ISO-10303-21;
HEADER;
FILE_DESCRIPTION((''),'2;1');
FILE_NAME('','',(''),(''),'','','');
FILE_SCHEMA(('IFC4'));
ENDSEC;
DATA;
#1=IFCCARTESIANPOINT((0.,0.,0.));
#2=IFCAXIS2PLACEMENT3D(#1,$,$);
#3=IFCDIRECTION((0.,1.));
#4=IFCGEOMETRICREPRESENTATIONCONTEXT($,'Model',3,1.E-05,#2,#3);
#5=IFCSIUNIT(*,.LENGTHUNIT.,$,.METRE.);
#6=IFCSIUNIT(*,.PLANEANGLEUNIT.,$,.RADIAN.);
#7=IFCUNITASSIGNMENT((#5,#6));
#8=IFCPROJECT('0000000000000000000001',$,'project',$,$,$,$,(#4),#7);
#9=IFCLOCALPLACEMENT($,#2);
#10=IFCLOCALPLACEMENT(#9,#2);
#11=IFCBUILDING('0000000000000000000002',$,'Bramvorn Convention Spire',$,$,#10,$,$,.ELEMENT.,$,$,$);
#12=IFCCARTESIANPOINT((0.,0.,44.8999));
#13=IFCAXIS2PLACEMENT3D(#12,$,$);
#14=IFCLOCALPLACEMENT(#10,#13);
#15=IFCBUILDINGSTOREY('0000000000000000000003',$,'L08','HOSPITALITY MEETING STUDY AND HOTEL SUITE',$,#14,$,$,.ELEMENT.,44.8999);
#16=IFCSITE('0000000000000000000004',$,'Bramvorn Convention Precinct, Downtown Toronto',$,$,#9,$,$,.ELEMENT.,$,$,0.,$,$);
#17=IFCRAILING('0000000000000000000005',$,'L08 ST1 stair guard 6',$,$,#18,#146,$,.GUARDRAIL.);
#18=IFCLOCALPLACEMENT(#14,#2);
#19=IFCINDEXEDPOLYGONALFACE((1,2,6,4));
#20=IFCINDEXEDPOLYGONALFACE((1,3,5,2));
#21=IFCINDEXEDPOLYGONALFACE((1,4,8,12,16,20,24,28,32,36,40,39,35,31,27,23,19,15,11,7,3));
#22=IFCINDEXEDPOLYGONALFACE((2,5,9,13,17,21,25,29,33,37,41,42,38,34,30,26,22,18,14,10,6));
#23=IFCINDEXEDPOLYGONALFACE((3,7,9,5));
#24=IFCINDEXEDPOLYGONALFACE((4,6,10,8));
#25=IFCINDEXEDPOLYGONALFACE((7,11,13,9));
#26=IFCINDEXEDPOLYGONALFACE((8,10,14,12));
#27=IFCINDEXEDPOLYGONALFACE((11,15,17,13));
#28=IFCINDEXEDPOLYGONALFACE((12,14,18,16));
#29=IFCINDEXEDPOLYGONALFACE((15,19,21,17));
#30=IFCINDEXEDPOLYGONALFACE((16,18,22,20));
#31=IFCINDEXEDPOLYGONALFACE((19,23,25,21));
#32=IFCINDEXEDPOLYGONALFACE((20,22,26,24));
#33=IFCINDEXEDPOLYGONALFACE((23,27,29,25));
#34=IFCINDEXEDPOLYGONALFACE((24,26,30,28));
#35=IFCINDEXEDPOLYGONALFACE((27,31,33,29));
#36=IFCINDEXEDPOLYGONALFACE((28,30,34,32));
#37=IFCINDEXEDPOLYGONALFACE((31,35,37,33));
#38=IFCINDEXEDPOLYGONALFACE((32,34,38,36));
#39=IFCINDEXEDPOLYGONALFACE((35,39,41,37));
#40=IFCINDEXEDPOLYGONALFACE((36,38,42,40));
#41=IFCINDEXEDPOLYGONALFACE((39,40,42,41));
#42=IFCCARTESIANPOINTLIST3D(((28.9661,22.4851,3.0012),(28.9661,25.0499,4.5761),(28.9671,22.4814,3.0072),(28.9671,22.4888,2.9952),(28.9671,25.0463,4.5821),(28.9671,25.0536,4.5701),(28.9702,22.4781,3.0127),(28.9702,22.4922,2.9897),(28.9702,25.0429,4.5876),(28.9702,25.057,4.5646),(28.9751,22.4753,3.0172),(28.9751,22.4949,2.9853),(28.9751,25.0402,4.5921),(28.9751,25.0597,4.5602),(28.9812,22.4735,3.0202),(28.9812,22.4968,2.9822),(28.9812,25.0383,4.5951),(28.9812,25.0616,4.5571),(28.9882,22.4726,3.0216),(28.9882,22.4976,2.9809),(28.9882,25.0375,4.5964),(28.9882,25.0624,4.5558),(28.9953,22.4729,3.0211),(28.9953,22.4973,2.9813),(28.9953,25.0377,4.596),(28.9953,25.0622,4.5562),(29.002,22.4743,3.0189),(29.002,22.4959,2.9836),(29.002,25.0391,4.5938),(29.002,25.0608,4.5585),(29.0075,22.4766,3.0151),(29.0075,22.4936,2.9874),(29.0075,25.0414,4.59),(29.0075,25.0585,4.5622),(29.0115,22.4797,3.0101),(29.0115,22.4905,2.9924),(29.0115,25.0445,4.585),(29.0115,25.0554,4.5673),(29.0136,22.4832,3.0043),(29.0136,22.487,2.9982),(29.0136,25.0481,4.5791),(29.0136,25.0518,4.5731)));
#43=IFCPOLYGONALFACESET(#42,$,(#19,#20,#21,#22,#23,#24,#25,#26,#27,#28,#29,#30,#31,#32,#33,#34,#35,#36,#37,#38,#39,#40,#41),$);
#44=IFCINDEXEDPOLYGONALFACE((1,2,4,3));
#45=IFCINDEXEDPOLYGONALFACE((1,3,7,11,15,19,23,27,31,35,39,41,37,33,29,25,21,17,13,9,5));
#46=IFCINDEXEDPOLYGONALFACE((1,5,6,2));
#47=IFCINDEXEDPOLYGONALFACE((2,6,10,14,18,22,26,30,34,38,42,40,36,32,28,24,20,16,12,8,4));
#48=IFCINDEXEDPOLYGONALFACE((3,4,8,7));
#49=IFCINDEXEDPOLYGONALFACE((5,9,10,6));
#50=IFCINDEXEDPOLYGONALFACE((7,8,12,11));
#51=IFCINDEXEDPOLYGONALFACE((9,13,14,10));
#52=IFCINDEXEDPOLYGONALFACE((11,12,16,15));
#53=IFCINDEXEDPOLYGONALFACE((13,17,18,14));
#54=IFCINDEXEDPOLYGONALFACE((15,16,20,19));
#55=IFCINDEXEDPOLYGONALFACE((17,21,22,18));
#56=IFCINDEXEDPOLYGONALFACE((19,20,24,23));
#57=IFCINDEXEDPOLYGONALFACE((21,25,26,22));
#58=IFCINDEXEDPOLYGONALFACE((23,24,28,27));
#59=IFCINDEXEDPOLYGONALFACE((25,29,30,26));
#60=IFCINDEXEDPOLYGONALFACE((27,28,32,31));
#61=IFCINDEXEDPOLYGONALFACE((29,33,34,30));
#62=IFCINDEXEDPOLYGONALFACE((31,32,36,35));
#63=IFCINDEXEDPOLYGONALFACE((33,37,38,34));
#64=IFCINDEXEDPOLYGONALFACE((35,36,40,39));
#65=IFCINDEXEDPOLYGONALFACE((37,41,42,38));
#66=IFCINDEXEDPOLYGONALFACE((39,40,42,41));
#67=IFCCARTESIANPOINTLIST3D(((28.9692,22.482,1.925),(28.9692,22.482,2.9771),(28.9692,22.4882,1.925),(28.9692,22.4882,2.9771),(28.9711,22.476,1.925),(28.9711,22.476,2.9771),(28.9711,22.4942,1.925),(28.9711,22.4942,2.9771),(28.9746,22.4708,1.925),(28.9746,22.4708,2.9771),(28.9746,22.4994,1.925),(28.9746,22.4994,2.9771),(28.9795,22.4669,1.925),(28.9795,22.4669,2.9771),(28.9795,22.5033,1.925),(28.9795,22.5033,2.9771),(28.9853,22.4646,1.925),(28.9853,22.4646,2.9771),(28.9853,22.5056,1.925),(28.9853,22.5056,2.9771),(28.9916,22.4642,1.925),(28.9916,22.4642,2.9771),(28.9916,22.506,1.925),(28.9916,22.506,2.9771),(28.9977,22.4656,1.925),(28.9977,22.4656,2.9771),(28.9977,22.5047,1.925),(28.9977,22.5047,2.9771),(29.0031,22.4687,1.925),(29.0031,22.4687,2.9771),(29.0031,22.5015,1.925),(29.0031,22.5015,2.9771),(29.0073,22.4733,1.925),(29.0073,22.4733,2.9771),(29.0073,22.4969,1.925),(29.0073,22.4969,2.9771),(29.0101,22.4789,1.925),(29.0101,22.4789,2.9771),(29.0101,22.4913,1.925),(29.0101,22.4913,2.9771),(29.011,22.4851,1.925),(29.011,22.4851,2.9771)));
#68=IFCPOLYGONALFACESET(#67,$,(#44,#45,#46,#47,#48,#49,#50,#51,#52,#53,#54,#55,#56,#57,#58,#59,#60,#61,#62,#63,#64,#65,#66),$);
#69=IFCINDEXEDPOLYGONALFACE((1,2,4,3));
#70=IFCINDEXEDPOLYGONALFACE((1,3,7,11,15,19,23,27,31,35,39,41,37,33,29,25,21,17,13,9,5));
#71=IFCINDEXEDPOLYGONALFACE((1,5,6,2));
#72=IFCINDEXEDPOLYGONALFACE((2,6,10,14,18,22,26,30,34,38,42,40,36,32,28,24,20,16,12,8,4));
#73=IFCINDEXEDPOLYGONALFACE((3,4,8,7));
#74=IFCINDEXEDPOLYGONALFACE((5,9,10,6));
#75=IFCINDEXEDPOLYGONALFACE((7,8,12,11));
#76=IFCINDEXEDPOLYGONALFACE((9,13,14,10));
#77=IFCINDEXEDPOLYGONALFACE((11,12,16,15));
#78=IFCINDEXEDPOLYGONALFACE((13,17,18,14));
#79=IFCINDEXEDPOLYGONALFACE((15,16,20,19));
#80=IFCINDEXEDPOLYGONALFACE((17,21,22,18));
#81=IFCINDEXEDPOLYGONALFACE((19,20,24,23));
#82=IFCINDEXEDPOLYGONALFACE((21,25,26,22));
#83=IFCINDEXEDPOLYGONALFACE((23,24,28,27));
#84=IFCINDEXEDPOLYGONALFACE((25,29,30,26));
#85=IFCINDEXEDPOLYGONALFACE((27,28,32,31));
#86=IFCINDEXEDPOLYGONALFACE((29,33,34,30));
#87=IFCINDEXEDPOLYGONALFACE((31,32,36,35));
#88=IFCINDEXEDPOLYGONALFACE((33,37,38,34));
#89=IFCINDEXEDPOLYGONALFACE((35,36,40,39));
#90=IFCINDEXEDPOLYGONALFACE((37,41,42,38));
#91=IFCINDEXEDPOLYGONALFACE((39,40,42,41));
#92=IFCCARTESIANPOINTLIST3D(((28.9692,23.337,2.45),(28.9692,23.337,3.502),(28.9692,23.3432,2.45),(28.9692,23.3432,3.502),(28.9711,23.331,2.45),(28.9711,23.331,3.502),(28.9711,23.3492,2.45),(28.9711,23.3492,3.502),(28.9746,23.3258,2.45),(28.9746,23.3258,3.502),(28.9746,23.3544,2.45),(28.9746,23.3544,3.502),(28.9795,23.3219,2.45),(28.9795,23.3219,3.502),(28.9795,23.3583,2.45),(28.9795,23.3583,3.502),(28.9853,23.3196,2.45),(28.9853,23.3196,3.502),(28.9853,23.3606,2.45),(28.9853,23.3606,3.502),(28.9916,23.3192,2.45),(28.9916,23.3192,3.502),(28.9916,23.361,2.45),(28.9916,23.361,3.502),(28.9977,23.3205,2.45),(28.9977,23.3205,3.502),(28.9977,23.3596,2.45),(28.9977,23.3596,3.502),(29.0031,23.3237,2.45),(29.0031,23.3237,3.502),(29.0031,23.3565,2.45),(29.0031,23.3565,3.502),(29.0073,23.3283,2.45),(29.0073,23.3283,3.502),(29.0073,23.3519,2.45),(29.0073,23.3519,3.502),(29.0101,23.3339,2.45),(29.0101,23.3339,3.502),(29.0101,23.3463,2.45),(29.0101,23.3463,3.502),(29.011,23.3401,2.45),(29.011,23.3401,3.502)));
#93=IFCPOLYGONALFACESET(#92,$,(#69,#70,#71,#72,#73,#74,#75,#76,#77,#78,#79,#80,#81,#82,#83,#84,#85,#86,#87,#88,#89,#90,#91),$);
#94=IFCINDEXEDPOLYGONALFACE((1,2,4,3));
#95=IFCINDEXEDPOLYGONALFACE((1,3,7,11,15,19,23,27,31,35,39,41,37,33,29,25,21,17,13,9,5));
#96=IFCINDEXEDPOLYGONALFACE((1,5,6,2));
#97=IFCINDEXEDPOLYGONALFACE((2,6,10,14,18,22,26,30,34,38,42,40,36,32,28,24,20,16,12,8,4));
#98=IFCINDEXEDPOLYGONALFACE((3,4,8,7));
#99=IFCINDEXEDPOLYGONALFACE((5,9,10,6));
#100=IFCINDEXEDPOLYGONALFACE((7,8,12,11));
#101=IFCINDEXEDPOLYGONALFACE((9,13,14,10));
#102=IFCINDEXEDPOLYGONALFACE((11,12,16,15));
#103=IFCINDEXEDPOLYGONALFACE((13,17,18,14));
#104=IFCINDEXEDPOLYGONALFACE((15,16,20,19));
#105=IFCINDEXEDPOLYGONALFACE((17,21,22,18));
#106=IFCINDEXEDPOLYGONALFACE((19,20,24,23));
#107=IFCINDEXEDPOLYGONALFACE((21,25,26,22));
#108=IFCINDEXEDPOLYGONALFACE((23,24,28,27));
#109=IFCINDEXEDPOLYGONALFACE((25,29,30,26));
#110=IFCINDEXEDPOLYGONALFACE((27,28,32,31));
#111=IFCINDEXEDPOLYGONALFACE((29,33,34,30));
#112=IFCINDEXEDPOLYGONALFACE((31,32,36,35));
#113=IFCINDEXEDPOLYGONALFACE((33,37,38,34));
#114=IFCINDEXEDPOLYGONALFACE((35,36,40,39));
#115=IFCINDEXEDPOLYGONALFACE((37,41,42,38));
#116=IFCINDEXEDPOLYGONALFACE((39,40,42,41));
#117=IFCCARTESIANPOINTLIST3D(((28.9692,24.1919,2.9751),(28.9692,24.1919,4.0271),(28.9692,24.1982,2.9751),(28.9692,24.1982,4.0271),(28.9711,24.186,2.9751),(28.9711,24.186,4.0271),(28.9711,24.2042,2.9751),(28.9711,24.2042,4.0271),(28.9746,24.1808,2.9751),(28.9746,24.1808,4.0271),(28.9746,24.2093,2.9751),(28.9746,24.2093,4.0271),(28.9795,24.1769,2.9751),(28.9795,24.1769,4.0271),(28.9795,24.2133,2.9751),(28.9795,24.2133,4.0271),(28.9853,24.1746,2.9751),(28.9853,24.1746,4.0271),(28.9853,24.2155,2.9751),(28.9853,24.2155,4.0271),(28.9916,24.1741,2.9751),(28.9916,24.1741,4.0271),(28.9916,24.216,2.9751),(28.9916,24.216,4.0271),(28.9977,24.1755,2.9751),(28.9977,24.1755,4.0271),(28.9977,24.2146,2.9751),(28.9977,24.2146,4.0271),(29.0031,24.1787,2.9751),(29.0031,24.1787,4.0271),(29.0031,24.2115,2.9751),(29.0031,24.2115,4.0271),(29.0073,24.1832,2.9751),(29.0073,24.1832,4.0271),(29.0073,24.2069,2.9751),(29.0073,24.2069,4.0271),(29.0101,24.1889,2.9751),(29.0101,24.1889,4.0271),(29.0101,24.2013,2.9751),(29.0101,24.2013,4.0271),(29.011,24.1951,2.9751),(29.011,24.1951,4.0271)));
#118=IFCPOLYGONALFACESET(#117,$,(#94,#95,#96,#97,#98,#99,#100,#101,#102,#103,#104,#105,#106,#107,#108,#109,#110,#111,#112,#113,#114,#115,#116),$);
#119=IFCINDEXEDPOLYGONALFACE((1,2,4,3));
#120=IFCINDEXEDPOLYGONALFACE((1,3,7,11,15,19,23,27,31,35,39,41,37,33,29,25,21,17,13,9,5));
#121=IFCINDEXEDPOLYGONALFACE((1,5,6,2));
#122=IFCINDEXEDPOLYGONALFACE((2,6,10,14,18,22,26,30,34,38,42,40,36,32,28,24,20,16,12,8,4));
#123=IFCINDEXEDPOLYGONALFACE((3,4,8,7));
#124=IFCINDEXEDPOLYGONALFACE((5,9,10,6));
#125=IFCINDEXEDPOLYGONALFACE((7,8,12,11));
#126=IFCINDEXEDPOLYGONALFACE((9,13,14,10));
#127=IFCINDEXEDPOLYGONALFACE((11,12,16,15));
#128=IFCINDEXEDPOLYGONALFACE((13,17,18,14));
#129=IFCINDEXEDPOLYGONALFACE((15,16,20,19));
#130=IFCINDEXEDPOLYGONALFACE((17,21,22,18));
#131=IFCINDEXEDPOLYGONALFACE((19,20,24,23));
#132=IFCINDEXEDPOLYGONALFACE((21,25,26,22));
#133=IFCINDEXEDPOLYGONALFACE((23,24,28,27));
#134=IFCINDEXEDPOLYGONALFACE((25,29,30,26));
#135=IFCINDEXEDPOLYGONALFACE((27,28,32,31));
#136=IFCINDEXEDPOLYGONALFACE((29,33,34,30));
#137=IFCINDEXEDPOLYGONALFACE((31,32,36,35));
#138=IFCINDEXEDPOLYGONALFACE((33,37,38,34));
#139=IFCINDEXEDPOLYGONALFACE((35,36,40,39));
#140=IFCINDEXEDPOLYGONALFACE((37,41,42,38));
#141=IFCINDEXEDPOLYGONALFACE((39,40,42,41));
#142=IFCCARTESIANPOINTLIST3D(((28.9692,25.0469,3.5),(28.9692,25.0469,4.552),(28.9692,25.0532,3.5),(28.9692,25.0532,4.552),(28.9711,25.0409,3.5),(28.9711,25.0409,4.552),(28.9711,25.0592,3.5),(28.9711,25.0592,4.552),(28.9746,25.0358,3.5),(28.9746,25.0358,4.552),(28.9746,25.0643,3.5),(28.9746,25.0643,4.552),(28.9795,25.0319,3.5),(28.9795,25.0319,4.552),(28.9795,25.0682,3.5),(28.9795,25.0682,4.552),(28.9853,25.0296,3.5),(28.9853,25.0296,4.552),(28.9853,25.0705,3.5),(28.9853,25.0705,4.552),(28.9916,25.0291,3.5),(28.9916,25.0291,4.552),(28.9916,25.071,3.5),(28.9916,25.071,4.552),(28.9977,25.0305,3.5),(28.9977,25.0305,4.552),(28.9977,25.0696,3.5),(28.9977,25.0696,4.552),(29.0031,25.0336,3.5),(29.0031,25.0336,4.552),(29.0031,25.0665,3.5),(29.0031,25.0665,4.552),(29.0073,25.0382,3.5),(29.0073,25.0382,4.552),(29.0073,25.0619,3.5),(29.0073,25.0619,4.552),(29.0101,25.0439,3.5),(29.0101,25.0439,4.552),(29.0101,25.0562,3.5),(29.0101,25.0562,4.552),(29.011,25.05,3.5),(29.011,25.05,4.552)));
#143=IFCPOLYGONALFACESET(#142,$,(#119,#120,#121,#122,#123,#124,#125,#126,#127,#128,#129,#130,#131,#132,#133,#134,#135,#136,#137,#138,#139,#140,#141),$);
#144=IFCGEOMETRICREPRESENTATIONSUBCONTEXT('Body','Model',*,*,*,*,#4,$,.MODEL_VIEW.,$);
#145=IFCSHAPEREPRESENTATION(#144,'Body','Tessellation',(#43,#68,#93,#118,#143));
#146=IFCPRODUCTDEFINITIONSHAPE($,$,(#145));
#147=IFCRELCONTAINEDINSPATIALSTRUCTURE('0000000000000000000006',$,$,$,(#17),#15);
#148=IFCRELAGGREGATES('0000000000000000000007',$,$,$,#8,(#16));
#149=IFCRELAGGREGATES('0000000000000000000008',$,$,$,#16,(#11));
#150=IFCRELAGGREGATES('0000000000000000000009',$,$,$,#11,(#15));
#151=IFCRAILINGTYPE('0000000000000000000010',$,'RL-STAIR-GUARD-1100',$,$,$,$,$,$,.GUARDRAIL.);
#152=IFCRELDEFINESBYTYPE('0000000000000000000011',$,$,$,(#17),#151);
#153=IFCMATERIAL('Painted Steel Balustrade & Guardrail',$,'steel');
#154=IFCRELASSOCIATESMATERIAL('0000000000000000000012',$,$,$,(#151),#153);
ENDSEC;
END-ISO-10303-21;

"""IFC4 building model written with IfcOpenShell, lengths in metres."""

from ifc_helpers import new_model, si_unit, direction, frame, origin, origin_2d, place, context, subcontext, project, spatial, circle, extrude, material, type_object, element, save


model = new_model("IFC4")

# Units and contexts
model_context = context("Model", 3, precision=1e-05, world=origin(), true_north=direction((0.0, 1.0)))
body_context = subcontext(model_context, "Body", "Model", "MODEL_VIEW")
ifc_project = project(units=[si_unit("LENGTHUNIT", "METRE"), si_unit("PLANEANGLEUNIT", "RADIAN")], contexts=[model_context])

# Site, building, storey
site_placement = place(None, origin())
site = spatial("IfcSite", under=ifc_project, at=site_placement, Name="Bramvorn Convention Precinct, Downtown Toronto", CompositionType="ELEMENT", RefElevation=0.0)
building_placement = place(site_placement, origin())
building = spatial("IfcBuilding", under=site, at=building_placement, Name="Bramvorn Convention Spire", CompositionType="ELEMENT")
storey_placement = place(building_placement, frame((0.0, 0.0, 44.8999)))
storey = spatial("IfcBuildingStorey", under=building, at=storey_placement, Name="L08", Description="HOSPITALITY MEETING STUDY AND HOTEL SUITE", CompositionType="ELEMENT", Elevation=44.8999)

# Railing
ifc_material_1 = material(Name="Painted Steel Balustrade & Guardrail", Category="steel")
railing_type_1 = type_object("IfcRailingType", Name="RL-STAIR-GUARD-1100", PredefinedType="GUARDRAIL", material=ifc_material_1)
railing_1_placement = place(storey_placement, frame((28.99, 22.4851, 1.925)))
element("IfcRailing", 1, at=railing_1_placement, inside=storey, type_object=railing_type_1, Name="L08 ST1 stair guard 6", PredefinedType="GUARDRAIL", context=body_context, shape_type="SweptSolid", body=[
    extrude(circle(Radius=0.0239, at=origin_2d()), frame((0.0, 0.0, 1.0762), z_axis=(0.0, 0.852173, 0.52326), x_axis=(-1.0, 0.0, 0.0)), (0.0, 0.0, 1.0), 3.0098),
    extrude(circle(Radius=0.021, at=origin_2d()), origin(), (0.0, 0.0, 1.0), 1.052),
    extrude(circle(Radius=0.021, at=origin_2d()), frame((0.0, 0.855, 0.5249)), (0.0, 0.0, 1.0), 1.052),
    extrude(circle(Radius=0.021, at=origin_2d()), frame((0.0, 1.71, 1.05)), (0.0, 0.0, 1.0), 1.052),
    extrude(circle(Radius=0.021, at=origin_2d()), frame((0.0, 2.5649, 1.575)), (0.0, 0.0, 1.0), 1.052),
])

save(model, "model.ifc")
